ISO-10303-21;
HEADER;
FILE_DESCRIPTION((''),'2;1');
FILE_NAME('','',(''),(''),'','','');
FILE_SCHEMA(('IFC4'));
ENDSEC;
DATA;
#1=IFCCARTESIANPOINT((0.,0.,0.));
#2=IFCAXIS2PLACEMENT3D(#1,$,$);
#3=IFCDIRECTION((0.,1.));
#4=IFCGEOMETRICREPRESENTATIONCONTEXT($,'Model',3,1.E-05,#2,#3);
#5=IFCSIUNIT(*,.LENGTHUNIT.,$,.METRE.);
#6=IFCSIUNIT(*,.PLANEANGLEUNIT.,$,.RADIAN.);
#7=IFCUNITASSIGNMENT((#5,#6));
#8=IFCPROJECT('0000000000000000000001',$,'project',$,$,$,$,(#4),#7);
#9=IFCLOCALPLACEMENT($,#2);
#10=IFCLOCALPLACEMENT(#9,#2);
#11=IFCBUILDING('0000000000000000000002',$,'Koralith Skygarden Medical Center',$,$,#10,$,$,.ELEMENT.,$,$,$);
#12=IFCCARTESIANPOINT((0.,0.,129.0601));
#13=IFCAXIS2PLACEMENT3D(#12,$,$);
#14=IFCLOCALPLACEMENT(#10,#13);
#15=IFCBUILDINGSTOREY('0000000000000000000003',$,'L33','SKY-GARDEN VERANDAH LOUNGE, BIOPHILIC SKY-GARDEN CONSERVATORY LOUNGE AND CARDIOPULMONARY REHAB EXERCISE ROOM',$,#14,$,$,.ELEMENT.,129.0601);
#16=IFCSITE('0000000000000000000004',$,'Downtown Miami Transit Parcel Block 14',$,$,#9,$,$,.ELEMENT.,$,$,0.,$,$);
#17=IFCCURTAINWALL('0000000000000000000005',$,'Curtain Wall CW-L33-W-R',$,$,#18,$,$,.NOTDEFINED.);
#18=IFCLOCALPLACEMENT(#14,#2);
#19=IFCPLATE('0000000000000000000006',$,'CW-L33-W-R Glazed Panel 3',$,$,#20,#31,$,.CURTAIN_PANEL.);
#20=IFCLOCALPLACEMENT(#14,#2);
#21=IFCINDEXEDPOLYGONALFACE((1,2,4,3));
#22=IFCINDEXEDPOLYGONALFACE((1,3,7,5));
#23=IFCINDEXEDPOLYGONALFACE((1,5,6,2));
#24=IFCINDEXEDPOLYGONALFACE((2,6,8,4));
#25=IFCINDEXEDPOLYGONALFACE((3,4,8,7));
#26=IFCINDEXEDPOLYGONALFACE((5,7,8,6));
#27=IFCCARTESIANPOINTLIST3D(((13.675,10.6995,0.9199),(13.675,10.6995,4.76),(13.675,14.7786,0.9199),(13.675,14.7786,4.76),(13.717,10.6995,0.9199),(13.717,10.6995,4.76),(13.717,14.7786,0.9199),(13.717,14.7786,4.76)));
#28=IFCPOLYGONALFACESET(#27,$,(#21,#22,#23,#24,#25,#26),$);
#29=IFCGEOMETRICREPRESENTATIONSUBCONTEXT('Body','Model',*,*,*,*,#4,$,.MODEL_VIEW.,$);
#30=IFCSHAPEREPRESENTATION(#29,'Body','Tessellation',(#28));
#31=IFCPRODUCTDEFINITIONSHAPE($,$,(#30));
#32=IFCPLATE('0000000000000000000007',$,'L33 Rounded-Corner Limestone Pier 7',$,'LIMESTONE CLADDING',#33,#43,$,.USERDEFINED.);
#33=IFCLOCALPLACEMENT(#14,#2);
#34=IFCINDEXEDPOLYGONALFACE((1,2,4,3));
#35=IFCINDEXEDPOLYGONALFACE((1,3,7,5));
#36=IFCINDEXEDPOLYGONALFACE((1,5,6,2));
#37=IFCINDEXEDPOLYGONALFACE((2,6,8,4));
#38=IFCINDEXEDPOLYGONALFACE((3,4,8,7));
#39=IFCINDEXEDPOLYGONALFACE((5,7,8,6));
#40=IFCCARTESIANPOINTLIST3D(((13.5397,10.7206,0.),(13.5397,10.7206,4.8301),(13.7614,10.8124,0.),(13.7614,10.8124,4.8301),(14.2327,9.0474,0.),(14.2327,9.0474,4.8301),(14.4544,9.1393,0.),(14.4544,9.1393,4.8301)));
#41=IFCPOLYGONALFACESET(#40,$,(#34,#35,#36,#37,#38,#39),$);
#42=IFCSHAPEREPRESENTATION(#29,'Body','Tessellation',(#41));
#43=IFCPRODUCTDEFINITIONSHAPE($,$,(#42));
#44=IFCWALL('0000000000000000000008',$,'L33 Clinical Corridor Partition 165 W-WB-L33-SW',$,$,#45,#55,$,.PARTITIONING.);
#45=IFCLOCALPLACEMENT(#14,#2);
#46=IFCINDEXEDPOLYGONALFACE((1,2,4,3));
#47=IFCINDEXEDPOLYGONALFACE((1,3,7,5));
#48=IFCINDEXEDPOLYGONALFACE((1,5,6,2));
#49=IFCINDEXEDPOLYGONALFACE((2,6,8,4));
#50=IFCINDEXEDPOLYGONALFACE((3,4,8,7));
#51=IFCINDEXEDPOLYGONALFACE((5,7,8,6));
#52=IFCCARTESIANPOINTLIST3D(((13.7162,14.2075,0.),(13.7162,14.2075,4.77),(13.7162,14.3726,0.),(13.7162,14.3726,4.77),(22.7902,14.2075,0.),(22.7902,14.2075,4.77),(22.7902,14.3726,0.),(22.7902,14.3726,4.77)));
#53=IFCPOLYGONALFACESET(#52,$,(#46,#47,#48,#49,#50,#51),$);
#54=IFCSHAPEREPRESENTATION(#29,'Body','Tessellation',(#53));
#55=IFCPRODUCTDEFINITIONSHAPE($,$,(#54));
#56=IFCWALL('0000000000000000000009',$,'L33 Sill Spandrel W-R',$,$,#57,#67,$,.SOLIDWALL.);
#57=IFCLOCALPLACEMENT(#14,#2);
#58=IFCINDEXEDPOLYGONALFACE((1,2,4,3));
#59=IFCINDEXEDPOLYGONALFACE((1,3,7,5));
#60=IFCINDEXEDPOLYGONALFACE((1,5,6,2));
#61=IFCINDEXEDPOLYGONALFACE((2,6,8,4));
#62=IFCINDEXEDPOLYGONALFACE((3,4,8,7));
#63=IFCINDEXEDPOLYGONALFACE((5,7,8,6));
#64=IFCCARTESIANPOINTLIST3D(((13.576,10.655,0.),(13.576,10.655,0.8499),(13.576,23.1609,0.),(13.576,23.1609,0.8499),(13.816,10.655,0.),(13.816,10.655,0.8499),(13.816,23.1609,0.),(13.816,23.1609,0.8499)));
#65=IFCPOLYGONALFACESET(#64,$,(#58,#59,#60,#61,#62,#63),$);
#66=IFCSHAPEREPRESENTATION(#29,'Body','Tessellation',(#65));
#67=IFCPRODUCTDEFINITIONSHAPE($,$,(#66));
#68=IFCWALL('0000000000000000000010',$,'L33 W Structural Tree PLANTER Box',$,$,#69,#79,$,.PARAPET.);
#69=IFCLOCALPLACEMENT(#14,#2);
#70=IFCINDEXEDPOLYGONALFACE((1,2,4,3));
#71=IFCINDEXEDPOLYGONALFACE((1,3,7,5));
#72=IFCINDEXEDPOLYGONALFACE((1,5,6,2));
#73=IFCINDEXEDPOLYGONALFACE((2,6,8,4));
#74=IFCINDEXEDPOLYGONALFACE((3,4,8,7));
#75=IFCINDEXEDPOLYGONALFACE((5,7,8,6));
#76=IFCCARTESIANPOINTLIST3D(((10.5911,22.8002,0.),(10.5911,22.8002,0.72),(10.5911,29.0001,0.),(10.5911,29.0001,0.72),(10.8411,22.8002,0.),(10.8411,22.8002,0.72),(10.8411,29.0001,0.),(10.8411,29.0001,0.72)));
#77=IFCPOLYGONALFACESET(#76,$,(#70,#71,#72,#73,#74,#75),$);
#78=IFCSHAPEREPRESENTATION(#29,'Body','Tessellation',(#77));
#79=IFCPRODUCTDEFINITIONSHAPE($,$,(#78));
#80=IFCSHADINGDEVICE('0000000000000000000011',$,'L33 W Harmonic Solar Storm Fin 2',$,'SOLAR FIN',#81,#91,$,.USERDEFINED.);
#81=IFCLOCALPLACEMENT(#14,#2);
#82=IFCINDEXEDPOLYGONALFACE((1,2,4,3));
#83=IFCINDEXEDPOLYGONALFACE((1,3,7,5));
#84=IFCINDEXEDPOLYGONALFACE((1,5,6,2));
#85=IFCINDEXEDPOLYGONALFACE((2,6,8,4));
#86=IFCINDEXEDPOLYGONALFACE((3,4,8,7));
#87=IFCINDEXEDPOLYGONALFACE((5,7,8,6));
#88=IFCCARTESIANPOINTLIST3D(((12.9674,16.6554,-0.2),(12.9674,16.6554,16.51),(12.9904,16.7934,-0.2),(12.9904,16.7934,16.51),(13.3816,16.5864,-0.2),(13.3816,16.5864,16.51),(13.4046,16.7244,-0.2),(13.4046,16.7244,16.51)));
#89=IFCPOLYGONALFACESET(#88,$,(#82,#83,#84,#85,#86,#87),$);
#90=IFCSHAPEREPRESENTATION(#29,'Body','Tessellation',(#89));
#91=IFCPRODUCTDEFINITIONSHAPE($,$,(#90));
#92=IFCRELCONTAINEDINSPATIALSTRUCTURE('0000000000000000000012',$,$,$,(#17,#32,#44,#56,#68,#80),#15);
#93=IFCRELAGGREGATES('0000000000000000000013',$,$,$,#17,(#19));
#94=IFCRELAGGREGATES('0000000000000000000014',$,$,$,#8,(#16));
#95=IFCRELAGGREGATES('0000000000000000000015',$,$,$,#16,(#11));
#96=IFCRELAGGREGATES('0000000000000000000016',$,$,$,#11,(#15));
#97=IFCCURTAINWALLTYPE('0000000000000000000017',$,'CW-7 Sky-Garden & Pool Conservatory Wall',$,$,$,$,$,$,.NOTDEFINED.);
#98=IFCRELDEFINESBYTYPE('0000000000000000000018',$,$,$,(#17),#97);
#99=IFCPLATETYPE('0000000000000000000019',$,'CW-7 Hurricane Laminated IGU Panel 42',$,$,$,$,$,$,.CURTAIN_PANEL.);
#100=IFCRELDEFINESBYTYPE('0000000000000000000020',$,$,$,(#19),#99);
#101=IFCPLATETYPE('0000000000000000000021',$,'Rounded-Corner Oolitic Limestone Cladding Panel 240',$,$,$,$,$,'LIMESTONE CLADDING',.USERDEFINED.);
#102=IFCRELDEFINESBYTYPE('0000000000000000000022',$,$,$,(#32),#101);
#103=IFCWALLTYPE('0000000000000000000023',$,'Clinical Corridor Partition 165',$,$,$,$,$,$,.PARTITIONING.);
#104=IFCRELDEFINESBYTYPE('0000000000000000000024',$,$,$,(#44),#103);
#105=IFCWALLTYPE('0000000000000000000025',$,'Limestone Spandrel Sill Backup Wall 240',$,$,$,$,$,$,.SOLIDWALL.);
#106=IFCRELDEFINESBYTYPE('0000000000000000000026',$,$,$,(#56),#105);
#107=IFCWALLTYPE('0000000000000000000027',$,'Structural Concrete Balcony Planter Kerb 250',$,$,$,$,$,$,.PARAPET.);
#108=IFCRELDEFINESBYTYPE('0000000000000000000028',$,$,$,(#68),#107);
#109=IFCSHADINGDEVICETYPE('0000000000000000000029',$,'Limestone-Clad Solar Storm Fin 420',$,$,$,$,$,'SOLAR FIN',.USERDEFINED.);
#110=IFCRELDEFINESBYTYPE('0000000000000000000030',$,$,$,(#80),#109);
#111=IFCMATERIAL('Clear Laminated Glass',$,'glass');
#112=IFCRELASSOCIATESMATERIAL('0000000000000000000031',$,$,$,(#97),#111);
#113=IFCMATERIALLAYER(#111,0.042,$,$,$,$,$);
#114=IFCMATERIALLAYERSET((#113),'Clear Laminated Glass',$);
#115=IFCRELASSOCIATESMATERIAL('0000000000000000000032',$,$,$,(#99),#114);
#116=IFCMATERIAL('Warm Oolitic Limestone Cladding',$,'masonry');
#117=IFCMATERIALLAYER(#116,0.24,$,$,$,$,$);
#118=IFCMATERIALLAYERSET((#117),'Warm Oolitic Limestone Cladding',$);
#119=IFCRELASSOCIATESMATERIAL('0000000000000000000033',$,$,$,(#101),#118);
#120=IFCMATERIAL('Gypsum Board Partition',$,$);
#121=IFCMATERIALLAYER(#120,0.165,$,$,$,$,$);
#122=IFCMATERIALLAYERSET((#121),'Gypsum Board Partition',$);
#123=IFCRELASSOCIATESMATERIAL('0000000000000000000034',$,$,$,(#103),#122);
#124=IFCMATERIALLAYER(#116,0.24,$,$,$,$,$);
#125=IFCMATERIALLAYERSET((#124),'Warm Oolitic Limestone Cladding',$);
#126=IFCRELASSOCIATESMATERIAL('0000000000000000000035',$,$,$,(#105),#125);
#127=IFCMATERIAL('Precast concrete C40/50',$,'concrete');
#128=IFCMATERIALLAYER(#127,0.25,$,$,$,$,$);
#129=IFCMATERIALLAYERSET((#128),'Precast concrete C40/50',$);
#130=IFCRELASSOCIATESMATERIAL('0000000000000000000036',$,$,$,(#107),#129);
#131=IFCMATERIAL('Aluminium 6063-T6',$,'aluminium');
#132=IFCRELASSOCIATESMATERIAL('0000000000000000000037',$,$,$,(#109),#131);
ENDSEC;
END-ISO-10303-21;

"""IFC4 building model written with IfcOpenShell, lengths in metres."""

from ifc_helpers import new_model, si_unit, direction, frame, frame_2d, origin, origin_2d, place, context, subcontext, project, spatial, rectangle, extrude, material, layer, layer_set, type_object, element, aggregate, save


model = new_model("IFC4")

# Units and contexts
model_context = context("Model", 3, precision=1e-05, world=origin(), true_north=direction((0.0, 1.0)))
body_context = subcontext(model_context, "Body", "Model", "MODEL_VIEW")
ifc_project = project(units=[si_unit("LENGTHUNIT", "METRE"), si_unit("PLANEANGLEUNIT", "RADIAN")], contexts=[model_context])

# Site, building, storey
site_placement = place(None, origin())
site = spatial("IfcSite", under=ifc_project, at=site_placement, Name="Downtown Miami Transit Parcel Block 14", CompositionType="ELEMENT", RefElevation=0.0)
building_placement = place(site_placement, origin())
building = spatial("IfcBuilding", under=site, at=building_placement, Name="Koralith Skygarden Medical Center", CompositionType="ELEMENT")
storey_placement = place(building_placement, frame((0.0, 0.0, 129.0601)))
storey = spatial("IfcBuildingStorey", under=building, at=storey_placement, Name="L33", Description="SKY-GARDEN VERANDAH LOUNGE, BIOPHILIC SKY-GARDEN CONSERVATORY LOUNGE AND CARDIOPULMONARY REHAB EXERCISE ROOM", CompositionType="ELEMENT", Elevation=129.0601)

# Curtain wall
ifc_material_1 = material(Name="Clear Laminated Glass", Category="glass")
curtain_wall_type = type_object("IfcCurtainWallType", Name="CW-7 Sky-Garden & Pool Conservatory Wall", PredefinedType="NOTDEFINED", material=ifc_material_1)
curtain_wall_1_placement = place(storey_placement, origin())
curtain_wall_1 = element("IfcCurtainWall", 1, at=curtain_wall_1_placement, inside=storey, type_object=curtain_wall_type, Name="Curtain Wall CW-L33-W-R", PredefinedType="NOTDEFINED")
ifc_material_2 = material(Name="Aluminium 6063-T6", Category="aluminium")

# Plates
ifc_layer_1 = layer(ifc_material_1, 0.042)
ifc_layer_set_1 = layer_set([ifc_layer_1], Name="Clear Laminated Glass")
plate_type_1 = type_object("IfcPlateType", Name="CW-7 Hurricane Laminated IGU Panel 42", PredefinedType="CURTAIN_PANEL", material=ifc_layer_set_1)
plate_1_placement = place(storey_placement, frame((13.696, 12.739, 0.9199), z_axis=(0.0, 0.0, 1.0), x_axis=(0.0, -1.0, 0.0)))
plate_1 = element("IfcPlate", 2, at=plate_1_placement, type_object=plate_type_1, Name="CW-L33-W-R Glazed Panel 3", PredefinedType="CURTAIN_PANEL", context=body_context, shape_type="SweptSolid", body=[
    extrude(rectangle(XDim=4.0791, YDim=0.042, at=origin_2d()), origin(), (0.0, 0.0, 1.0), 3.8401),
])
aggregate(curtain_wall_1, [plate_1])
ifc_material_3 = material(Name="Warm Oolitic Limestone Cladding", Category="masonry")
ifc_layer_2 = layer(ifc_material_3, 0.24)
ifc_layer_set_2 = layer_set([ifc_layer_2], Name="Warm Oolitic Limestone Cladding")
plate_type_2 = type_object("IfcPlateType", Name="Rounded-Corner Oolitic Limestone Cladding Panel 240", ElementType="LIMESTONE CLADDING", PredefinedType="USERDEFINED", material=ifc_layer_set_2)
plate_2_placement = place(storey_placement, frame((13.9971, 9.9299, 0.0), z_axis=(0.0, 0.0, 1.0), x_axis=(0.382671, -0.923885, 0.0)))
element("IfcPlate", 3, at=plate_2_placement, inside=storey, type_object=plate_type_2, Name="L33 Rounded-Corner Limestone Pier 7", ObjectType="LIMESTONE CLADDING", PredefinedType="USERDEFINED", context=body_context, shape_type="SweptSolid", body=[
    extrude(rectangle(XDim=1.811, YDim=0.24, at=origin_2d()), origin(), (0.0, 0.0, 1.0), 4.8301),
])

# Walls
ifc_material_4 = material(Name="Gypsum Board Partition")
ifc_layer_3 = layer(ifc_material_4, 0.165)
ifc_layer_set_3 = layer_set([ifc_layer_3], Name="Gypsum Board Partition")
wall_type_1 = type_object("IfcWallType", Name="Clinical Corridor Partition 165", PredefinedType="PARTITIONING", material=ifc_layer_set_3)
wall_1_placement = place(storey_placement, frame((13.7161, 14.29, 0.0), z_axis=(0.0, 0.0, 1.0), x_axis=(1.0, 0.0, 0.0)))
element("IfcWall", 4, at=wall_1_placement, inside=storey, type_object=wall_type_1, Name="L33 Clinical Corridor Partition 165 W-WB-L33-SW", PredefinedType="PARTITIONING", context=body_context, shape_type="SweptSolid", body=[
    extrude(rectangle(XDim=9.074, YDim=0.165, at=frame_2d((4.5371, 0.0))), origin(), (0.0, 0.0, 1.0), 4.77),
])
ifc_layer_4 = layer(ifc_material_3, 0.24)
ifc_layer_set_4 = layer_set([ifc_layer_4], Name="Warm Oolitic Limestone Cladding")
wall_type_2 = type_object("IfcWallType", Name="Limestone Spandrel Sill Backup Wall 240", PredefinedType="SOLIDWALL", material=ifc_layer_set_4)
wall_2_placement = place(storey_placement, frame((13.696, 23.1609, 0.0), z_axis=(0.0, 0.0, 1.0), x_axis=(0.0, -1.0, 0.0)))
element("IfcWall", 5, at=wall_2_placement, inside=storey, type_object=wall_type_2, Name="L33 Sill Spandrel W-R", PredefinedType="SOLIDWALL", context=body_context, shape_type="SweptSolid", body=[
    extrude(rectangle(XDim=12.5059, YDim=0.24, at=frame_2d((6.2529, 0.0))), origin(), (0.0, 0.0, 1.0), 0.8499),
])
ifc_material_5 = material(Name="Precast concrete C40/50", Category="concrete")
ifc_layer_5 = layer(ifc_material_5, 0.25)
ifc_layer_set_5 = layer_set([ifc_layer_5], Name="Precast concrete C40/50")
wall_type_3 = type_object("IfcWallType", Name="Structural Concrete Balcony Planter Kerb 250", PredefinedType="PARAPET", material=ifc_layer_set_5)
wall_3_placement = place(storey_placement, frame((10.7161, 22.8, 0.0), z_axis=(0.0, 0.0, 1.0), x_axis=(0.0, 1.0, 0.0)))
element("IfcWall", 6, at=wall_3_placement, inside=storey, type_object=wall_type_3, Name="L33 W Structural Tree PLANTER Box", PredefinedType="PARAPET", context=body_context, shape_type="SweptSolid", body=[
    extrude(rectangle(XDim=6.2, YDim=0.25, at=frame_2d((3.1001, 0.0))), origin(), (0.0, 0.0, 1.0), 0.72),
])

# Shading device
shading_device_type = type_object("IfcShadingDeviceType", Name="Limestone-Clad Solar Storm Fin 420", ElementType="SOLAR FIN", PredefinedType="USERDEFINED", material=ifc_material_2)
shading_device_placement = place(storey_placement, frame((13.186, 16.6899, -0.2), z_axis=(0.0, 0.0, 1.0), x_axis=(-0.986406, 0.164325, 0.0)))
element("IfcShadingDevice", 7, at=shading_device_placement, inside=storey, type_object=shading_device_type, Name="L33 W Harmonic Solar Storm Fin 2", ObjectType="SOLAR FIN", PredefinedType="USERDEFINED", context=body_context, shape_type="SweptSolid", body=[
    extrude(rectangle(XDim=0.4199, YDim=0.1399, at=origin_2d()), origin(), (0.0, 0.0, 1.0), 16.71),
])

save(model, "model.ifc")
